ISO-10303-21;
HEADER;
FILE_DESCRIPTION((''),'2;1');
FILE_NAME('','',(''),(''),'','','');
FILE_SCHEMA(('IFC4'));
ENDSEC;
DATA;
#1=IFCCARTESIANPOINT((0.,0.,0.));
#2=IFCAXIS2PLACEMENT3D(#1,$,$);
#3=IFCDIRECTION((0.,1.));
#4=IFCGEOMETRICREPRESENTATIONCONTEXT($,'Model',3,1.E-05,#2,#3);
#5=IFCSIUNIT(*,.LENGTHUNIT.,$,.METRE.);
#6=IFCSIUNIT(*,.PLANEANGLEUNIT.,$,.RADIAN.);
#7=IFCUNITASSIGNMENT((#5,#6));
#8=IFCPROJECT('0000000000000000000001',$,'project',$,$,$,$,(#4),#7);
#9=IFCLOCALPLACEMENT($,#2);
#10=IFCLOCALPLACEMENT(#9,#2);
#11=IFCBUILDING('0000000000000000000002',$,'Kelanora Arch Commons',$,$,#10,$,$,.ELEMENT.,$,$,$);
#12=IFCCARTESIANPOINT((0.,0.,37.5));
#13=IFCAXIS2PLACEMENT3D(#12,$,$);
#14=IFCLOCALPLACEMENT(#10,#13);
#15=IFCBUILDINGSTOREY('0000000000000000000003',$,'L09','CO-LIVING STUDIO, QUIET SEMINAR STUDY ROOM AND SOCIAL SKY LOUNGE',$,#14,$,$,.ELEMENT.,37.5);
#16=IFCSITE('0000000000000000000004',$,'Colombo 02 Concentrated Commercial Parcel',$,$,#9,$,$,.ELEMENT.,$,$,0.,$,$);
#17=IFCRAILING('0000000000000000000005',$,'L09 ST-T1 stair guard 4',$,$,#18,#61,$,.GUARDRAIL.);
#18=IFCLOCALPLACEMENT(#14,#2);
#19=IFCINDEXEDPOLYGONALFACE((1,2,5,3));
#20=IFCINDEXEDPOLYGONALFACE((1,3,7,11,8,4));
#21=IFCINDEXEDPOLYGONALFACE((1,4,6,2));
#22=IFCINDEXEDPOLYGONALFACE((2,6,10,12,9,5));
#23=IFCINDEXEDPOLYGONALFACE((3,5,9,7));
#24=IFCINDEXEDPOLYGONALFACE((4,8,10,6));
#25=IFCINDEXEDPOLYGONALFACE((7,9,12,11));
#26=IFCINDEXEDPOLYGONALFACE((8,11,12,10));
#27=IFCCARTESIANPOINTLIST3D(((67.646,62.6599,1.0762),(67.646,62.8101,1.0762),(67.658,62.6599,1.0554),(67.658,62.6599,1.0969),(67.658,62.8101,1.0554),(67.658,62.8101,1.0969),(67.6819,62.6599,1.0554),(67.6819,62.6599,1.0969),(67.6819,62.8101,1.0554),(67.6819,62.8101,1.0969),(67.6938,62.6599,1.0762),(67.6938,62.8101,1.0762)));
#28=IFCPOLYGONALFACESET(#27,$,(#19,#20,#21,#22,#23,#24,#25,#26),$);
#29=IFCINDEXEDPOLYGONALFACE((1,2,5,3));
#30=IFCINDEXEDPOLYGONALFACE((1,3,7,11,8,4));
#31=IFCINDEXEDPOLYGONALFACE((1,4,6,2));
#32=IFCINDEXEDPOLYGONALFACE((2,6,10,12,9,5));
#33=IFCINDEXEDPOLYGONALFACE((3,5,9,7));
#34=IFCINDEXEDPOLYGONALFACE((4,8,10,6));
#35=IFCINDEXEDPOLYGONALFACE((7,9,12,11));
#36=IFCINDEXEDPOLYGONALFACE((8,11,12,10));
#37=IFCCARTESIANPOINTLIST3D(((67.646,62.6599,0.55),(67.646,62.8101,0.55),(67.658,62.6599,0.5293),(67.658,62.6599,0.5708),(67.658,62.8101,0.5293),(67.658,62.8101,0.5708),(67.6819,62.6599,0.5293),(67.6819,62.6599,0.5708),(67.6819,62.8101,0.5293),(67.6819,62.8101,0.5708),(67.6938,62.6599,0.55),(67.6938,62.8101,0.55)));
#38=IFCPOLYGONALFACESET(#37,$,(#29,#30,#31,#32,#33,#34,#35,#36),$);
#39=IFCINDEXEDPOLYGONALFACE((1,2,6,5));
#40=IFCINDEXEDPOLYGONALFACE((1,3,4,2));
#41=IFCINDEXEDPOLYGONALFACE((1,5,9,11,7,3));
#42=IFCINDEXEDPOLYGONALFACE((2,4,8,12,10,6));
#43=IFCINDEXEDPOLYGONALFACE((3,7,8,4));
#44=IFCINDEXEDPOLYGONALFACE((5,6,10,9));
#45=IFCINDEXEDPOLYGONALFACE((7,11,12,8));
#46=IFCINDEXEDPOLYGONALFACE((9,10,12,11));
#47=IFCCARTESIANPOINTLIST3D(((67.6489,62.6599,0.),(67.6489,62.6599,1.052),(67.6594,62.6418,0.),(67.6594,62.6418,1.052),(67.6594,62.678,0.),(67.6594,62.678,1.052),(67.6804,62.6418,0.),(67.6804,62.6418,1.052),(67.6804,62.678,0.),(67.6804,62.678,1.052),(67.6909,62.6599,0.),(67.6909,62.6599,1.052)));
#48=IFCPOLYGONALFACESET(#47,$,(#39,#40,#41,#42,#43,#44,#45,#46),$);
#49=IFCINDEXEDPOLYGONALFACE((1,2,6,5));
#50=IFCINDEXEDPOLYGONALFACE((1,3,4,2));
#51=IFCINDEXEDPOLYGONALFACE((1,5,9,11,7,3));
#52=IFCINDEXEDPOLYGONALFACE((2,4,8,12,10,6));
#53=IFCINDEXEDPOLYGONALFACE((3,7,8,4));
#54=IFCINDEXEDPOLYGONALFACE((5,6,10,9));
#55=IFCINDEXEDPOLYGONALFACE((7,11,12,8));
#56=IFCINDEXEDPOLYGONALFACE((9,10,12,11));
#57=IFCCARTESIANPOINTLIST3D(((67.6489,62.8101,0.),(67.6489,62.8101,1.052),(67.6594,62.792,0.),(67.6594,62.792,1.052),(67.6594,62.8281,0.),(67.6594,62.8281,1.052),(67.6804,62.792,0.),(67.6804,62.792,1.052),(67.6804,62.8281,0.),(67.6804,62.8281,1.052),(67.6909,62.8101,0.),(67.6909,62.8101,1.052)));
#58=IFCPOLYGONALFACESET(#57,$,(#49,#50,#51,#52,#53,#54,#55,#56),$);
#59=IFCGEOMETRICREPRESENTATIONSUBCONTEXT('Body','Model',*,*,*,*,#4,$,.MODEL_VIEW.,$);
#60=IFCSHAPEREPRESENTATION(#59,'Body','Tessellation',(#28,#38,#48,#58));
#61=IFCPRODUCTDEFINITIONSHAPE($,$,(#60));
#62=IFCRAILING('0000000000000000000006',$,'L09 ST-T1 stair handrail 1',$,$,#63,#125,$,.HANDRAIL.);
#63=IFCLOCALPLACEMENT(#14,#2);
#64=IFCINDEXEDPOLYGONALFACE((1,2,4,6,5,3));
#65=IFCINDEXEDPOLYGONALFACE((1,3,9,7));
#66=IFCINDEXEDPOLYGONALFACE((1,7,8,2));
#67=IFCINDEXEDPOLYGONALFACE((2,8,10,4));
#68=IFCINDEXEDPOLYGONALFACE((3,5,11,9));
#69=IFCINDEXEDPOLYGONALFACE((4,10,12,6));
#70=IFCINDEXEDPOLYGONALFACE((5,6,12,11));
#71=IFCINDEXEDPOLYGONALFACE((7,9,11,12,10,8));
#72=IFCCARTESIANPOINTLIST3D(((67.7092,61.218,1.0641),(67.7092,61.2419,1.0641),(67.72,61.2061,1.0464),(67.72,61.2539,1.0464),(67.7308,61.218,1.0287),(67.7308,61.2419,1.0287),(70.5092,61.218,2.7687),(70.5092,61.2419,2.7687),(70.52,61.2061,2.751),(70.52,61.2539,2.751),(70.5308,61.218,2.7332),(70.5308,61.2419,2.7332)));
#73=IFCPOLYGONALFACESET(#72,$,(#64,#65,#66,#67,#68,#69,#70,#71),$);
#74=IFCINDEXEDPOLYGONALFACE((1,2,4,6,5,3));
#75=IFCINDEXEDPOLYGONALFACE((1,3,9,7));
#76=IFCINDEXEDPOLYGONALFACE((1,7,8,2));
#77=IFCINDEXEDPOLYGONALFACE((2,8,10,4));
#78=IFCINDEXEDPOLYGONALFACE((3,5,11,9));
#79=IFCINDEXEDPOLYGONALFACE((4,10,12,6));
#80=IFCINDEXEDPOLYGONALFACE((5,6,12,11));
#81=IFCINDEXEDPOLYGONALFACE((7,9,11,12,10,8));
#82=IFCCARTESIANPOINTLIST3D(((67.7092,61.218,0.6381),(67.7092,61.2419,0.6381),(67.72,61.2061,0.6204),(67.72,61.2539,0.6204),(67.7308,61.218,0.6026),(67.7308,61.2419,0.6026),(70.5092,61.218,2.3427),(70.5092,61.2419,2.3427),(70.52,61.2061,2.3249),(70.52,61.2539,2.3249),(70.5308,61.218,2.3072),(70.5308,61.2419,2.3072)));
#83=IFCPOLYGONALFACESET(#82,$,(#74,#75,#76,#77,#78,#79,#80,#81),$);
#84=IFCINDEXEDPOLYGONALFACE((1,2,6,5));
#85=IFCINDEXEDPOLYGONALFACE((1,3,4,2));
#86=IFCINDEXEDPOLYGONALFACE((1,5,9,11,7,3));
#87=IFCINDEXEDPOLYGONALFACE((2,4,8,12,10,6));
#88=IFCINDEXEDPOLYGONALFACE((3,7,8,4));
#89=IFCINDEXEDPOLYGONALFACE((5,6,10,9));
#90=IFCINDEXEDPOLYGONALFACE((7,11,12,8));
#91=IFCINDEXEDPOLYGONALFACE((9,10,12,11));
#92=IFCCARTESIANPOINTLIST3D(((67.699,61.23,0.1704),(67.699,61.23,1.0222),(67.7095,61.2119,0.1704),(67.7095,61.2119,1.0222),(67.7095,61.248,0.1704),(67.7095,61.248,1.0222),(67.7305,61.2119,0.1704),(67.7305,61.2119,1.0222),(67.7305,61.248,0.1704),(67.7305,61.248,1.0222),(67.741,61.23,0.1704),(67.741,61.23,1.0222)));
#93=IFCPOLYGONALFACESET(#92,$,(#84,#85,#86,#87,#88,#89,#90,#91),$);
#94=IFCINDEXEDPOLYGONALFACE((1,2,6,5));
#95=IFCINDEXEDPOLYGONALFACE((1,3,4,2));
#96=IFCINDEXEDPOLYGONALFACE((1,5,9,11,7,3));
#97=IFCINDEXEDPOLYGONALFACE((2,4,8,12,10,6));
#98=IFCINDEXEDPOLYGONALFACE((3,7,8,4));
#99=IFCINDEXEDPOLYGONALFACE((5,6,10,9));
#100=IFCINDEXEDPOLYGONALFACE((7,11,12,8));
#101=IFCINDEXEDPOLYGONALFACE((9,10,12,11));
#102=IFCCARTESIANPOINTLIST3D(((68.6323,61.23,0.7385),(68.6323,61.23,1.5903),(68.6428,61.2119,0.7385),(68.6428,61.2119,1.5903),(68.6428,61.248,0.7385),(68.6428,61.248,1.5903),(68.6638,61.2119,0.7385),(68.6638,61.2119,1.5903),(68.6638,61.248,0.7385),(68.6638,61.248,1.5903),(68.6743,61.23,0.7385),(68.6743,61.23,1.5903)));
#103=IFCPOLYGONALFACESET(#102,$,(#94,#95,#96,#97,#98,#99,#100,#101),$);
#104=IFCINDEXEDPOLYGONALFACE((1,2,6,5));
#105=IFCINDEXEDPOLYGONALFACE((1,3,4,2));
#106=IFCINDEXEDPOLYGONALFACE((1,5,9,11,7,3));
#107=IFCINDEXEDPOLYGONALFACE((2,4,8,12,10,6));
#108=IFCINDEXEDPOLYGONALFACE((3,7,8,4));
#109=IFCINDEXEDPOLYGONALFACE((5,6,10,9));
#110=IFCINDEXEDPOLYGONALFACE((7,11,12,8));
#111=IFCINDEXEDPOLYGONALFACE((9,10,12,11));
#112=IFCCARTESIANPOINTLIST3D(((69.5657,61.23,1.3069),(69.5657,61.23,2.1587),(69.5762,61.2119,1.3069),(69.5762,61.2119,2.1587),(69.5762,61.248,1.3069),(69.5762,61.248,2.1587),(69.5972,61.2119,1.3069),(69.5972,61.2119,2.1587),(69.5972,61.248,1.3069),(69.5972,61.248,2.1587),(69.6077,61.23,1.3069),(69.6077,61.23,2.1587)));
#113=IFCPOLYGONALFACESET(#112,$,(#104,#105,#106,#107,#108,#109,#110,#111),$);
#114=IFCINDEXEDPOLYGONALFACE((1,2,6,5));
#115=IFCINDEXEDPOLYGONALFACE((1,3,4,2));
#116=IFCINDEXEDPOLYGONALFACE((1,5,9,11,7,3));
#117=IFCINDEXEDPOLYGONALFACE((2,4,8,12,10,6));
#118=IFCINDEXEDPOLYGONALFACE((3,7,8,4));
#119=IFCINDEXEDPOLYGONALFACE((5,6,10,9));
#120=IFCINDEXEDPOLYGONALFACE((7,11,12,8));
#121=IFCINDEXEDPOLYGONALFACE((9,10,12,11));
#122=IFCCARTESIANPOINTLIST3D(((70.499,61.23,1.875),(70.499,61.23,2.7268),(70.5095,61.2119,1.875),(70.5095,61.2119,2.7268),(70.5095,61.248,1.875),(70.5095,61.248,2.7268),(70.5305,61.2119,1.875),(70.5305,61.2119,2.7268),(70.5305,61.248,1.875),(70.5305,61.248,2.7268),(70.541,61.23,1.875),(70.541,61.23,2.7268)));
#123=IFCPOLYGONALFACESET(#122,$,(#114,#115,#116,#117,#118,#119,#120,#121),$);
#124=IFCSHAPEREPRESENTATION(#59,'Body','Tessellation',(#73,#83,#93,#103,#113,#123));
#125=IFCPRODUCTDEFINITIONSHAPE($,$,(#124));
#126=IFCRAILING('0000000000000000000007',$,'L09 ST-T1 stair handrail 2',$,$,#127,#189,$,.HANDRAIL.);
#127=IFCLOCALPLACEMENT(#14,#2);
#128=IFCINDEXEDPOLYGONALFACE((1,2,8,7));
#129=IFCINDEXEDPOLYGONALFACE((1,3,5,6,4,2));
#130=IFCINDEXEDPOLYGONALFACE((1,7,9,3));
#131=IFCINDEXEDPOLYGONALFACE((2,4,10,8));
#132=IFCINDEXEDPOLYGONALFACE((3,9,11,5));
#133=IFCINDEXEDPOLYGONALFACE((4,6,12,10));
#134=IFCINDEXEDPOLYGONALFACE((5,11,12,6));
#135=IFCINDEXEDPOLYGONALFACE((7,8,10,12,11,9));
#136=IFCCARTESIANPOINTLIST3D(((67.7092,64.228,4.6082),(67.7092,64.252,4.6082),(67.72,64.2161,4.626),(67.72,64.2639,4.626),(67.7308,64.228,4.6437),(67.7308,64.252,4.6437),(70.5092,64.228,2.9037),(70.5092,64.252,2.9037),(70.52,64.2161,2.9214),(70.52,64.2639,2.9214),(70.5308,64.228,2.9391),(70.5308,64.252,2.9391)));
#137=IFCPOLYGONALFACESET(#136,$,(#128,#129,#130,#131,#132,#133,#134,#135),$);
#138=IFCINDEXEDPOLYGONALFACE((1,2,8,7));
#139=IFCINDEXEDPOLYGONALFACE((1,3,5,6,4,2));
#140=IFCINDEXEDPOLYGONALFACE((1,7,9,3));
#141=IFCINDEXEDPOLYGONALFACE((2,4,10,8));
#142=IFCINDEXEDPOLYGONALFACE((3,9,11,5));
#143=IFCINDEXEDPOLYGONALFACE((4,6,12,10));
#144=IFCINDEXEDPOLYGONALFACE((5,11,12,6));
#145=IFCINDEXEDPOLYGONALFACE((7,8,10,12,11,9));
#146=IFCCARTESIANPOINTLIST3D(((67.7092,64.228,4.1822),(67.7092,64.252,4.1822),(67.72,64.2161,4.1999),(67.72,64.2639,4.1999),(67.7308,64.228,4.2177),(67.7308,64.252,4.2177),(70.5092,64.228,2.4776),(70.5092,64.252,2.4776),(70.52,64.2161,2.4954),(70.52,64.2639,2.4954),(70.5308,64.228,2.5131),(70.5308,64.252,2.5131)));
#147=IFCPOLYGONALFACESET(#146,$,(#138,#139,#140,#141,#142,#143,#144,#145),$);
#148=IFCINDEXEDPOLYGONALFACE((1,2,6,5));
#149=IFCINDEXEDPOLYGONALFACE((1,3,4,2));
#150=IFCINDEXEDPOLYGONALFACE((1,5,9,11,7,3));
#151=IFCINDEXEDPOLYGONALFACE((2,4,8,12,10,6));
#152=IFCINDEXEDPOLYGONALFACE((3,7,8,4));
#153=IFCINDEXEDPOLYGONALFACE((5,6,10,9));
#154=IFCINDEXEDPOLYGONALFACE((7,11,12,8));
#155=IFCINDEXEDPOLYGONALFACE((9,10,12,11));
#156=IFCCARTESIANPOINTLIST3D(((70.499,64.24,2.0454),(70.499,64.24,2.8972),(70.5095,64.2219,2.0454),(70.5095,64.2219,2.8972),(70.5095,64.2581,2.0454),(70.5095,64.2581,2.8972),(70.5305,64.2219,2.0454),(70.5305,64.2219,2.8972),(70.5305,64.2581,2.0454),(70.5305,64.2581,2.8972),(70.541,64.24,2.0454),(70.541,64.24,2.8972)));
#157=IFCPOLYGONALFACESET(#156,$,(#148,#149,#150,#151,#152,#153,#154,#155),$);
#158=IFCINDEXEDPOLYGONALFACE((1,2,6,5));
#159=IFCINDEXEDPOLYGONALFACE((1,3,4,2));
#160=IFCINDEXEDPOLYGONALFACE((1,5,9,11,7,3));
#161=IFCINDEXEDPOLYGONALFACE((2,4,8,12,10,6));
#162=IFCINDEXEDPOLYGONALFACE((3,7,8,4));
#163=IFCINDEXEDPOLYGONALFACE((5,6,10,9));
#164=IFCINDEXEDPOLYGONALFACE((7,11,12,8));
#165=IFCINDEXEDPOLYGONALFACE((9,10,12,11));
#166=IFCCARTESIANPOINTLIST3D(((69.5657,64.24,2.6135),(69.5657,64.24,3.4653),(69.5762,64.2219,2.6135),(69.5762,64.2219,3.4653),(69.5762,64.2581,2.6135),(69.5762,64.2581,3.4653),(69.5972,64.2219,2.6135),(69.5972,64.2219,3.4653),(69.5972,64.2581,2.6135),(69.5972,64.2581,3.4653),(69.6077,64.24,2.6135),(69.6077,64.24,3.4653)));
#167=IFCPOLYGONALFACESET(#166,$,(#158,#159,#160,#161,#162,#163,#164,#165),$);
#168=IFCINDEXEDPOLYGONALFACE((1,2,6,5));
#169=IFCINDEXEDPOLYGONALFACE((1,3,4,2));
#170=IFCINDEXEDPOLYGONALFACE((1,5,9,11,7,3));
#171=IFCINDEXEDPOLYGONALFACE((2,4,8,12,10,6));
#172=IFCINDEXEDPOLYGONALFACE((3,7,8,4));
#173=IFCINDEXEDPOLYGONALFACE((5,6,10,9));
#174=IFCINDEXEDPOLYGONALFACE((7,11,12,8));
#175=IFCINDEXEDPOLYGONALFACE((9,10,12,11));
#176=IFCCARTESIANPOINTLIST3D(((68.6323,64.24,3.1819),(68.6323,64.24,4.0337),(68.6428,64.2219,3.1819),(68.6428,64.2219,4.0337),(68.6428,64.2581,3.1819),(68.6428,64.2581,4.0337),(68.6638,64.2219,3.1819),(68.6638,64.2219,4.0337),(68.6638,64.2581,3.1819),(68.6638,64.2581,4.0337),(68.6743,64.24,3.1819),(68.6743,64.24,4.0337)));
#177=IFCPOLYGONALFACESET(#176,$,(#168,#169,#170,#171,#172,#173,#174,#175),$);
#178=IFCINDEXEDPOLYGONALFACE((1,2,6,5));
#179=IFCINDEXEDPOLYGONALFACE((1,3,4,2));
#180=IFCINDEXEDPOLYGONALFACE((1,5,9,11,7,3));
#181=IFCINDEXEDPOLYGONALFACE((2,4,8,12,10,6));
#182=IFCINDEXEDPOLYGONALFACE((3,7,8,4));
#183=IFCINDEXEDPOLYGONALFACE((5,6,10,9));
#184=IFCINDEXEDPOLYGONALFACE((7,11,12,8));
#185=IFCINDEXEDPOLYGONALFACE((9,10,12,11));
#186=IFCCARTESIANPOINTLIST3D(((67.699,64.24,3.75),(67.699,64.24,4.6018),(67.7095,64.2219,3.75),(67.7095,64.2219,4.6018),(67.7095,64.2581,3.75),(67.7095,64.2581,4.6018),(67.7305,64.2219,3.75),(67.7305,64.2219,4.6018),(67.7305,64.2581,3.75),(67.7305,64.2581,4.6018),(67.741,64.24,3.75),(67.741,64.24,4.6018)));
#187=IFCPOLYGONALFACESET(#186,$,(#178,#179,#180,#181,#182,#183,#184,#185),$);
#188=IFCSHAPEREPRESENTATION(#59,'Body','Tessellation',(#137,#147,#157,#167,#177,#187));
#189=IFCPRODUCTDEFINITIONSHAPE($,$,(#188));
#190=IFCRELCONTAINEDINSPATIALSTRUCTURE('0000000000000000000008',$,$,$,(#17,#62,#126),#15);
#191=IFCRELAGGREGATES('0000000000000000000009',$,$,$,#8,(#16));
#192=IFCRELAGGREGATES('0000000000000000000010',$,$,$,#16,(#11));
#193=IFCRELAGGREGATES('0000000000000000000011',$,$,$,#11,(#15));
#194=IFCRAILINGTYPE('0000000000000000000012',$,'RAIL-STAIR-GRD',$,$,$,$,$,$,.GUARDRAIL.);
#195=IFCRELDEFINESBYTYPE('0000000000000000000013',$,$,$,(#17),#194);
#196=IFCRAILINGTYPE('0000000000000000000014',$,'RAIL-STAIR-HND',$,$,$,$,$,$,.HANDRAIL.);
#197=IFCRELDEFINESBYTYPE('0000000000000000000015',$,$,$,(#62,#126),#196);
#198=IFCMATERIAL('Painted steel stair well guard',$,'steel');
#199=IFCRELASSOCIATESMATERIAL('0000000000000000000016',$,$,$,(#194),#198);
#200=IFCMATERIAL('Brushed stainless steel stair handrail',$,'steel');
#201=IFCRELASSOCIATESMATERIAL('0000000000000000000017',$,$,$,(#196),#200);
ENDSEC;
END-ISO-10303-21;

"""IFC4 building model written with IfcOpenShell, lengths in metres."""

from ifc_helpers import new_model, si_unit, direction, frame, origin, place, context, subcontext, project, spatial, polyline, outline, extrude, material, type_object, element, save


model = new_model("IFC4")

# Units and contexts
model_context = context("Model", 3, precision=1e-05, world=origin(), true_north=direction((0.0, 1.0)))
body_context = subcontext(model_context, "Body", "Model", "MODEL_VIEW")
ifc_project = project(units=[si_unit("LENGTHUNIT", "METRE"), si_unit("PLANEANGLEUNIT", "RADIAN")], contexts=[model_context])

# Site, building, storey
site_placement = place(None, origin())
site = spatial("IfcSite", under=ifc_project, at=site_placement, Name="Colombo 02 Concentrated Commercial Parcel", CompositionType="ELEMENT", RefElevation=0.0)
building_placement = place(site_placement, origin())
building = spatial("IfcBuilding", under=site, at=building_placement, Name="Kelanora Arch Commons", CompositionType="ELEMENT")
storey_placement = place(building_placement, frame((0.0, 0.0, 37.5)))
storey = spatial("IfcBuildingStorey", under=building, at=storey_placement, Name="L09", Description="CO-LIVING STUDIO, QUIET SEMINAR STUDY ROOM AND SOCIAL SKY LOUNGE", CompositionType="ELEMENT", Elevation=37.5)

# Railings
ifc_material_1 = material(Name="Painted steel stair well guard", Category="steel")
railing_type_1 = type_object("IfcRailingType", Name="RAIL-STAIR-GRD", PredefinedType="GUARDRAIL", material=ifc_material_1)
railing_1_placement = place(storey_placement, frame((67.6699, 62.6599, 0.0)))
element("IfcRailing", 1, at=railing_1_placement, inside=storey, type_object=railing_type_1, Name="L09 ST-T1 stair guard 4", PredefinedType="GUARDRAIL", context=body_context, shape_type="SweptSolid", body=[
    extrude(outline(polyline([(0.0239, 0.0), (0.012, 0.0208), (-0.012, 0.0208), (-0.0239, 0.0), (-0.012, -0.0208), (0.012, -0.0208), (0.0239, 0.0)])), frame((0.0, 0.0, 1.0762), z_axis=(0.0, 1.0, 0.0), x_axis=(-1.0, 0.0, 0.0)), (0.0, 0.0, 1.0), 0.1501),
    extrude(outline(polyline([(0.0239, 0.0), (0.012, 0.0208), (-0.012, 0.0208), (-0.0239, 0.0), (-0.012, -0.0208), (0.012, -0.0208), (0.0239, 0.0)])), frame((0.0, 0.0, 0.55), z_axis=(0.0, 1.0, 0.0), x_axis=(-1.0, 0.0, 0.0)), (0.0, 0.0, 1.0), 0.1501),
    extrude(outline(polyline([(0.021, 0.0), (0.0105, 0.0181), (-0.0105, 0.0181), (-0.021, 0.0), (-0.0105, -0.0181), (0.0105, -0.0181), (0.021, 0.0)])), origin(), (0.0, 0.0, 1.0), 1.052),
    extrude(outline(polyline([(0.021, 0.0), (0.0105, 0.0181), (-0.0105, 0.0181), (-0.021, 0.0), (-0.0105, -0.0181), (0.0105, -0.0181), (0.021, 0.0)])), frame((0.0, 0.1501, 0.0)), (0.0, 0.0, 1.0), 1.052),
])
ifc_material_2 = material(Name="Brushed stainless steel stair handrail", Category="steel")
railing_type_2 = type_object("IfcRailingType", Name="RAIL-STAIR-HND", PredefinedType="HANDRAIL", material=ifc_material_2)
railing_2_placement = place(storey_placement, frame((67.72, 61.23, 0.1704)))
element("IfcRailing", 2, at=railing_2_placement, inside=storey, type_object=railing_type_2, Name="L09 ST-T1 stair handrail 1", PredefinedType="HANDRAIL", context=body_context, shape_type="SweptSolid", body=[
    extrude(outline(polyline([(0.0239, 0.0), (0.012, 0.0208), (-0.012, 0.0208), (-0.0239, 0.0), (-0.012, -0.0208), (0.012, -0.0208), (0.0239, 0.0)])), frame((0.0, 0.0, 0.876), z_axis=(0.85417, 0.0, 0.519994), x_axis=(0.0, 1.0, 0.0)), (0.0, 0.0, 1.0), 3.2781),
    extrude(outline(polyline([(0.0239, 0.0), (0.012, 0.0208), (-0.012, 0.0208), (-0.0239, 0.0), (-0.012, -0.0208), (0.012, -0.0208), (0.0239, 0.0)])), frame((0.0, 0.0, 0.45), z_axis=(0.85417, 0.0, 0.519994), x_axis=(0.0, 1.0, 0.0)), (0.0, 0.0, 1.0), 3.2781),
    extrude(outline(polyline([(0.021, 0.0), (0.0105, 0.0181), (-0.0105, 0.0181), (-0.021, 0.0), (-0.0105, -0.0181), (0.0105, -0.0181), (0.021, 0.0)])), origin(), (0.0, 0.0, 1.0), 0.8518),
    extrude(outline(polyline([(0.021, 0.0), (0.0105, 0.0181), (-0.0105, 0.0181), (-0.021, 0.0), (-0.0105, -0.0181), (0.0105, -0.0181), (0.021, 0.0)])), frame((0.9333, 0.0, 0.5681)), (0.0, 0.0, 1.0), 0.8518),
    extrude(outline(polyline([(0.021, 0.0), (0.0105, 0.0181), (-0.0105, 0.0181), (-0.021, 0.0), (-0.0105, -0.0181), (0.0105, -0.0181), (0.021, 0.0)])), frame((1.8667, 0.0, 1.1365)), (0.0, 0.0, 1.0), 0.8518),
    extrude(outline(polyline([(0.021, 0.0), (0.0105, 0.0181), (-0.0105, 0.0181), (-0.021, 0.0), (-0.0105, -0.0181), (0.0105, -0.0181), (0.021, 0.0)])), frame((2.8, 0.0, 1.7046)), (0.0, 0.0, 1.0), 0.8518),
])
railing_3_placement = place(storey_placement, frame((70.52, 64.24, 2.0454)))
element("IfcRailing", 3, at=railing_3_placement, inside=storey, type_object=railing_type_2, Name="L09 ST-T1 stair handrail 2", PredefinedType="HANDRAIL", context=body_context, shape_type="SweptSolid", body=[
    extrude(outline(polyline([(0.0239, 0.0), (0.012, 0.0208), (-0.012, 0.0208), (-0.0239, 0.0), (-0.012, -0.0208), (0.012, -0.0208), (0.0239, 0.0)])), frame((0.0, 0.0, 0.876), z_axis=(-0.85417, 0.0, 0.519994), x_axis=(0.0, -1.0, 0.0)), (0.0, 0.0, 1.0), 3.2781),
    extrude(outline(polyline([(0.0239, 0.0), (0.012, 0.0208), (-0.012, 0.0208), (-0.0239, 0.0), (-0.012, -0.0208), (0.012, -0.0208), (0.0239, 0.0)])), frame((0.0, 0.0, 0.45), z_axis=(-0.85417, 0.0, 0.519994), x_axis=(0.0, -1.0, 0.0)), (0.0, 0.0, 1.0), 3.2781),
    extrude(outline(polyline([(0.021, 0.0), (0.0105, 0.0181), (-0.0105, 0.0181), (-0.021, 0.0), (-0.0105, -0.0181), (0.0105, -0.0181), (0.021, 0.0)])), origin(), (0.0, 0.0, 1.0), 0.8518),
    extrude(outline(polyline([(0.021, 0.0), (0.0105, 0.0181), (-0.0105, 0.0181), (-0.021, 0.0), (-0.0105, -0.0181), (0.0105, -0.0181), (0.021, 0.0)])), frame((-0.9333, 0.0, 0.5681)), (0.0, 0.0, 1.0), 0.8518),
    extrude(outline(polyline([(0.021, 0.0), (0.0105, 0.0181), (-0.0105, 0.0181), (-0.021, 0.0), (-0.0105, -0.0181), (0.0105, -0.0181), (0.021, 0.0)])), frame((-1.8667, 0.0, 1.1365)), (0.0, 0.0, 1.0), 0.8518),
    extrude(outline(polyline([(0.021, 0.0), (0.0105, 0.0181), (-0.0105, 0.0181), (-0.021, 0.0), (-0.0105, -0.0181), (0.0105, -0.0181), (0.021, 0.0)])), frame((-2.8, 0.0, 1.7046)), (0.0, 0.0, 1.0), 0.8518),
])

save(model, "model.ifc")
